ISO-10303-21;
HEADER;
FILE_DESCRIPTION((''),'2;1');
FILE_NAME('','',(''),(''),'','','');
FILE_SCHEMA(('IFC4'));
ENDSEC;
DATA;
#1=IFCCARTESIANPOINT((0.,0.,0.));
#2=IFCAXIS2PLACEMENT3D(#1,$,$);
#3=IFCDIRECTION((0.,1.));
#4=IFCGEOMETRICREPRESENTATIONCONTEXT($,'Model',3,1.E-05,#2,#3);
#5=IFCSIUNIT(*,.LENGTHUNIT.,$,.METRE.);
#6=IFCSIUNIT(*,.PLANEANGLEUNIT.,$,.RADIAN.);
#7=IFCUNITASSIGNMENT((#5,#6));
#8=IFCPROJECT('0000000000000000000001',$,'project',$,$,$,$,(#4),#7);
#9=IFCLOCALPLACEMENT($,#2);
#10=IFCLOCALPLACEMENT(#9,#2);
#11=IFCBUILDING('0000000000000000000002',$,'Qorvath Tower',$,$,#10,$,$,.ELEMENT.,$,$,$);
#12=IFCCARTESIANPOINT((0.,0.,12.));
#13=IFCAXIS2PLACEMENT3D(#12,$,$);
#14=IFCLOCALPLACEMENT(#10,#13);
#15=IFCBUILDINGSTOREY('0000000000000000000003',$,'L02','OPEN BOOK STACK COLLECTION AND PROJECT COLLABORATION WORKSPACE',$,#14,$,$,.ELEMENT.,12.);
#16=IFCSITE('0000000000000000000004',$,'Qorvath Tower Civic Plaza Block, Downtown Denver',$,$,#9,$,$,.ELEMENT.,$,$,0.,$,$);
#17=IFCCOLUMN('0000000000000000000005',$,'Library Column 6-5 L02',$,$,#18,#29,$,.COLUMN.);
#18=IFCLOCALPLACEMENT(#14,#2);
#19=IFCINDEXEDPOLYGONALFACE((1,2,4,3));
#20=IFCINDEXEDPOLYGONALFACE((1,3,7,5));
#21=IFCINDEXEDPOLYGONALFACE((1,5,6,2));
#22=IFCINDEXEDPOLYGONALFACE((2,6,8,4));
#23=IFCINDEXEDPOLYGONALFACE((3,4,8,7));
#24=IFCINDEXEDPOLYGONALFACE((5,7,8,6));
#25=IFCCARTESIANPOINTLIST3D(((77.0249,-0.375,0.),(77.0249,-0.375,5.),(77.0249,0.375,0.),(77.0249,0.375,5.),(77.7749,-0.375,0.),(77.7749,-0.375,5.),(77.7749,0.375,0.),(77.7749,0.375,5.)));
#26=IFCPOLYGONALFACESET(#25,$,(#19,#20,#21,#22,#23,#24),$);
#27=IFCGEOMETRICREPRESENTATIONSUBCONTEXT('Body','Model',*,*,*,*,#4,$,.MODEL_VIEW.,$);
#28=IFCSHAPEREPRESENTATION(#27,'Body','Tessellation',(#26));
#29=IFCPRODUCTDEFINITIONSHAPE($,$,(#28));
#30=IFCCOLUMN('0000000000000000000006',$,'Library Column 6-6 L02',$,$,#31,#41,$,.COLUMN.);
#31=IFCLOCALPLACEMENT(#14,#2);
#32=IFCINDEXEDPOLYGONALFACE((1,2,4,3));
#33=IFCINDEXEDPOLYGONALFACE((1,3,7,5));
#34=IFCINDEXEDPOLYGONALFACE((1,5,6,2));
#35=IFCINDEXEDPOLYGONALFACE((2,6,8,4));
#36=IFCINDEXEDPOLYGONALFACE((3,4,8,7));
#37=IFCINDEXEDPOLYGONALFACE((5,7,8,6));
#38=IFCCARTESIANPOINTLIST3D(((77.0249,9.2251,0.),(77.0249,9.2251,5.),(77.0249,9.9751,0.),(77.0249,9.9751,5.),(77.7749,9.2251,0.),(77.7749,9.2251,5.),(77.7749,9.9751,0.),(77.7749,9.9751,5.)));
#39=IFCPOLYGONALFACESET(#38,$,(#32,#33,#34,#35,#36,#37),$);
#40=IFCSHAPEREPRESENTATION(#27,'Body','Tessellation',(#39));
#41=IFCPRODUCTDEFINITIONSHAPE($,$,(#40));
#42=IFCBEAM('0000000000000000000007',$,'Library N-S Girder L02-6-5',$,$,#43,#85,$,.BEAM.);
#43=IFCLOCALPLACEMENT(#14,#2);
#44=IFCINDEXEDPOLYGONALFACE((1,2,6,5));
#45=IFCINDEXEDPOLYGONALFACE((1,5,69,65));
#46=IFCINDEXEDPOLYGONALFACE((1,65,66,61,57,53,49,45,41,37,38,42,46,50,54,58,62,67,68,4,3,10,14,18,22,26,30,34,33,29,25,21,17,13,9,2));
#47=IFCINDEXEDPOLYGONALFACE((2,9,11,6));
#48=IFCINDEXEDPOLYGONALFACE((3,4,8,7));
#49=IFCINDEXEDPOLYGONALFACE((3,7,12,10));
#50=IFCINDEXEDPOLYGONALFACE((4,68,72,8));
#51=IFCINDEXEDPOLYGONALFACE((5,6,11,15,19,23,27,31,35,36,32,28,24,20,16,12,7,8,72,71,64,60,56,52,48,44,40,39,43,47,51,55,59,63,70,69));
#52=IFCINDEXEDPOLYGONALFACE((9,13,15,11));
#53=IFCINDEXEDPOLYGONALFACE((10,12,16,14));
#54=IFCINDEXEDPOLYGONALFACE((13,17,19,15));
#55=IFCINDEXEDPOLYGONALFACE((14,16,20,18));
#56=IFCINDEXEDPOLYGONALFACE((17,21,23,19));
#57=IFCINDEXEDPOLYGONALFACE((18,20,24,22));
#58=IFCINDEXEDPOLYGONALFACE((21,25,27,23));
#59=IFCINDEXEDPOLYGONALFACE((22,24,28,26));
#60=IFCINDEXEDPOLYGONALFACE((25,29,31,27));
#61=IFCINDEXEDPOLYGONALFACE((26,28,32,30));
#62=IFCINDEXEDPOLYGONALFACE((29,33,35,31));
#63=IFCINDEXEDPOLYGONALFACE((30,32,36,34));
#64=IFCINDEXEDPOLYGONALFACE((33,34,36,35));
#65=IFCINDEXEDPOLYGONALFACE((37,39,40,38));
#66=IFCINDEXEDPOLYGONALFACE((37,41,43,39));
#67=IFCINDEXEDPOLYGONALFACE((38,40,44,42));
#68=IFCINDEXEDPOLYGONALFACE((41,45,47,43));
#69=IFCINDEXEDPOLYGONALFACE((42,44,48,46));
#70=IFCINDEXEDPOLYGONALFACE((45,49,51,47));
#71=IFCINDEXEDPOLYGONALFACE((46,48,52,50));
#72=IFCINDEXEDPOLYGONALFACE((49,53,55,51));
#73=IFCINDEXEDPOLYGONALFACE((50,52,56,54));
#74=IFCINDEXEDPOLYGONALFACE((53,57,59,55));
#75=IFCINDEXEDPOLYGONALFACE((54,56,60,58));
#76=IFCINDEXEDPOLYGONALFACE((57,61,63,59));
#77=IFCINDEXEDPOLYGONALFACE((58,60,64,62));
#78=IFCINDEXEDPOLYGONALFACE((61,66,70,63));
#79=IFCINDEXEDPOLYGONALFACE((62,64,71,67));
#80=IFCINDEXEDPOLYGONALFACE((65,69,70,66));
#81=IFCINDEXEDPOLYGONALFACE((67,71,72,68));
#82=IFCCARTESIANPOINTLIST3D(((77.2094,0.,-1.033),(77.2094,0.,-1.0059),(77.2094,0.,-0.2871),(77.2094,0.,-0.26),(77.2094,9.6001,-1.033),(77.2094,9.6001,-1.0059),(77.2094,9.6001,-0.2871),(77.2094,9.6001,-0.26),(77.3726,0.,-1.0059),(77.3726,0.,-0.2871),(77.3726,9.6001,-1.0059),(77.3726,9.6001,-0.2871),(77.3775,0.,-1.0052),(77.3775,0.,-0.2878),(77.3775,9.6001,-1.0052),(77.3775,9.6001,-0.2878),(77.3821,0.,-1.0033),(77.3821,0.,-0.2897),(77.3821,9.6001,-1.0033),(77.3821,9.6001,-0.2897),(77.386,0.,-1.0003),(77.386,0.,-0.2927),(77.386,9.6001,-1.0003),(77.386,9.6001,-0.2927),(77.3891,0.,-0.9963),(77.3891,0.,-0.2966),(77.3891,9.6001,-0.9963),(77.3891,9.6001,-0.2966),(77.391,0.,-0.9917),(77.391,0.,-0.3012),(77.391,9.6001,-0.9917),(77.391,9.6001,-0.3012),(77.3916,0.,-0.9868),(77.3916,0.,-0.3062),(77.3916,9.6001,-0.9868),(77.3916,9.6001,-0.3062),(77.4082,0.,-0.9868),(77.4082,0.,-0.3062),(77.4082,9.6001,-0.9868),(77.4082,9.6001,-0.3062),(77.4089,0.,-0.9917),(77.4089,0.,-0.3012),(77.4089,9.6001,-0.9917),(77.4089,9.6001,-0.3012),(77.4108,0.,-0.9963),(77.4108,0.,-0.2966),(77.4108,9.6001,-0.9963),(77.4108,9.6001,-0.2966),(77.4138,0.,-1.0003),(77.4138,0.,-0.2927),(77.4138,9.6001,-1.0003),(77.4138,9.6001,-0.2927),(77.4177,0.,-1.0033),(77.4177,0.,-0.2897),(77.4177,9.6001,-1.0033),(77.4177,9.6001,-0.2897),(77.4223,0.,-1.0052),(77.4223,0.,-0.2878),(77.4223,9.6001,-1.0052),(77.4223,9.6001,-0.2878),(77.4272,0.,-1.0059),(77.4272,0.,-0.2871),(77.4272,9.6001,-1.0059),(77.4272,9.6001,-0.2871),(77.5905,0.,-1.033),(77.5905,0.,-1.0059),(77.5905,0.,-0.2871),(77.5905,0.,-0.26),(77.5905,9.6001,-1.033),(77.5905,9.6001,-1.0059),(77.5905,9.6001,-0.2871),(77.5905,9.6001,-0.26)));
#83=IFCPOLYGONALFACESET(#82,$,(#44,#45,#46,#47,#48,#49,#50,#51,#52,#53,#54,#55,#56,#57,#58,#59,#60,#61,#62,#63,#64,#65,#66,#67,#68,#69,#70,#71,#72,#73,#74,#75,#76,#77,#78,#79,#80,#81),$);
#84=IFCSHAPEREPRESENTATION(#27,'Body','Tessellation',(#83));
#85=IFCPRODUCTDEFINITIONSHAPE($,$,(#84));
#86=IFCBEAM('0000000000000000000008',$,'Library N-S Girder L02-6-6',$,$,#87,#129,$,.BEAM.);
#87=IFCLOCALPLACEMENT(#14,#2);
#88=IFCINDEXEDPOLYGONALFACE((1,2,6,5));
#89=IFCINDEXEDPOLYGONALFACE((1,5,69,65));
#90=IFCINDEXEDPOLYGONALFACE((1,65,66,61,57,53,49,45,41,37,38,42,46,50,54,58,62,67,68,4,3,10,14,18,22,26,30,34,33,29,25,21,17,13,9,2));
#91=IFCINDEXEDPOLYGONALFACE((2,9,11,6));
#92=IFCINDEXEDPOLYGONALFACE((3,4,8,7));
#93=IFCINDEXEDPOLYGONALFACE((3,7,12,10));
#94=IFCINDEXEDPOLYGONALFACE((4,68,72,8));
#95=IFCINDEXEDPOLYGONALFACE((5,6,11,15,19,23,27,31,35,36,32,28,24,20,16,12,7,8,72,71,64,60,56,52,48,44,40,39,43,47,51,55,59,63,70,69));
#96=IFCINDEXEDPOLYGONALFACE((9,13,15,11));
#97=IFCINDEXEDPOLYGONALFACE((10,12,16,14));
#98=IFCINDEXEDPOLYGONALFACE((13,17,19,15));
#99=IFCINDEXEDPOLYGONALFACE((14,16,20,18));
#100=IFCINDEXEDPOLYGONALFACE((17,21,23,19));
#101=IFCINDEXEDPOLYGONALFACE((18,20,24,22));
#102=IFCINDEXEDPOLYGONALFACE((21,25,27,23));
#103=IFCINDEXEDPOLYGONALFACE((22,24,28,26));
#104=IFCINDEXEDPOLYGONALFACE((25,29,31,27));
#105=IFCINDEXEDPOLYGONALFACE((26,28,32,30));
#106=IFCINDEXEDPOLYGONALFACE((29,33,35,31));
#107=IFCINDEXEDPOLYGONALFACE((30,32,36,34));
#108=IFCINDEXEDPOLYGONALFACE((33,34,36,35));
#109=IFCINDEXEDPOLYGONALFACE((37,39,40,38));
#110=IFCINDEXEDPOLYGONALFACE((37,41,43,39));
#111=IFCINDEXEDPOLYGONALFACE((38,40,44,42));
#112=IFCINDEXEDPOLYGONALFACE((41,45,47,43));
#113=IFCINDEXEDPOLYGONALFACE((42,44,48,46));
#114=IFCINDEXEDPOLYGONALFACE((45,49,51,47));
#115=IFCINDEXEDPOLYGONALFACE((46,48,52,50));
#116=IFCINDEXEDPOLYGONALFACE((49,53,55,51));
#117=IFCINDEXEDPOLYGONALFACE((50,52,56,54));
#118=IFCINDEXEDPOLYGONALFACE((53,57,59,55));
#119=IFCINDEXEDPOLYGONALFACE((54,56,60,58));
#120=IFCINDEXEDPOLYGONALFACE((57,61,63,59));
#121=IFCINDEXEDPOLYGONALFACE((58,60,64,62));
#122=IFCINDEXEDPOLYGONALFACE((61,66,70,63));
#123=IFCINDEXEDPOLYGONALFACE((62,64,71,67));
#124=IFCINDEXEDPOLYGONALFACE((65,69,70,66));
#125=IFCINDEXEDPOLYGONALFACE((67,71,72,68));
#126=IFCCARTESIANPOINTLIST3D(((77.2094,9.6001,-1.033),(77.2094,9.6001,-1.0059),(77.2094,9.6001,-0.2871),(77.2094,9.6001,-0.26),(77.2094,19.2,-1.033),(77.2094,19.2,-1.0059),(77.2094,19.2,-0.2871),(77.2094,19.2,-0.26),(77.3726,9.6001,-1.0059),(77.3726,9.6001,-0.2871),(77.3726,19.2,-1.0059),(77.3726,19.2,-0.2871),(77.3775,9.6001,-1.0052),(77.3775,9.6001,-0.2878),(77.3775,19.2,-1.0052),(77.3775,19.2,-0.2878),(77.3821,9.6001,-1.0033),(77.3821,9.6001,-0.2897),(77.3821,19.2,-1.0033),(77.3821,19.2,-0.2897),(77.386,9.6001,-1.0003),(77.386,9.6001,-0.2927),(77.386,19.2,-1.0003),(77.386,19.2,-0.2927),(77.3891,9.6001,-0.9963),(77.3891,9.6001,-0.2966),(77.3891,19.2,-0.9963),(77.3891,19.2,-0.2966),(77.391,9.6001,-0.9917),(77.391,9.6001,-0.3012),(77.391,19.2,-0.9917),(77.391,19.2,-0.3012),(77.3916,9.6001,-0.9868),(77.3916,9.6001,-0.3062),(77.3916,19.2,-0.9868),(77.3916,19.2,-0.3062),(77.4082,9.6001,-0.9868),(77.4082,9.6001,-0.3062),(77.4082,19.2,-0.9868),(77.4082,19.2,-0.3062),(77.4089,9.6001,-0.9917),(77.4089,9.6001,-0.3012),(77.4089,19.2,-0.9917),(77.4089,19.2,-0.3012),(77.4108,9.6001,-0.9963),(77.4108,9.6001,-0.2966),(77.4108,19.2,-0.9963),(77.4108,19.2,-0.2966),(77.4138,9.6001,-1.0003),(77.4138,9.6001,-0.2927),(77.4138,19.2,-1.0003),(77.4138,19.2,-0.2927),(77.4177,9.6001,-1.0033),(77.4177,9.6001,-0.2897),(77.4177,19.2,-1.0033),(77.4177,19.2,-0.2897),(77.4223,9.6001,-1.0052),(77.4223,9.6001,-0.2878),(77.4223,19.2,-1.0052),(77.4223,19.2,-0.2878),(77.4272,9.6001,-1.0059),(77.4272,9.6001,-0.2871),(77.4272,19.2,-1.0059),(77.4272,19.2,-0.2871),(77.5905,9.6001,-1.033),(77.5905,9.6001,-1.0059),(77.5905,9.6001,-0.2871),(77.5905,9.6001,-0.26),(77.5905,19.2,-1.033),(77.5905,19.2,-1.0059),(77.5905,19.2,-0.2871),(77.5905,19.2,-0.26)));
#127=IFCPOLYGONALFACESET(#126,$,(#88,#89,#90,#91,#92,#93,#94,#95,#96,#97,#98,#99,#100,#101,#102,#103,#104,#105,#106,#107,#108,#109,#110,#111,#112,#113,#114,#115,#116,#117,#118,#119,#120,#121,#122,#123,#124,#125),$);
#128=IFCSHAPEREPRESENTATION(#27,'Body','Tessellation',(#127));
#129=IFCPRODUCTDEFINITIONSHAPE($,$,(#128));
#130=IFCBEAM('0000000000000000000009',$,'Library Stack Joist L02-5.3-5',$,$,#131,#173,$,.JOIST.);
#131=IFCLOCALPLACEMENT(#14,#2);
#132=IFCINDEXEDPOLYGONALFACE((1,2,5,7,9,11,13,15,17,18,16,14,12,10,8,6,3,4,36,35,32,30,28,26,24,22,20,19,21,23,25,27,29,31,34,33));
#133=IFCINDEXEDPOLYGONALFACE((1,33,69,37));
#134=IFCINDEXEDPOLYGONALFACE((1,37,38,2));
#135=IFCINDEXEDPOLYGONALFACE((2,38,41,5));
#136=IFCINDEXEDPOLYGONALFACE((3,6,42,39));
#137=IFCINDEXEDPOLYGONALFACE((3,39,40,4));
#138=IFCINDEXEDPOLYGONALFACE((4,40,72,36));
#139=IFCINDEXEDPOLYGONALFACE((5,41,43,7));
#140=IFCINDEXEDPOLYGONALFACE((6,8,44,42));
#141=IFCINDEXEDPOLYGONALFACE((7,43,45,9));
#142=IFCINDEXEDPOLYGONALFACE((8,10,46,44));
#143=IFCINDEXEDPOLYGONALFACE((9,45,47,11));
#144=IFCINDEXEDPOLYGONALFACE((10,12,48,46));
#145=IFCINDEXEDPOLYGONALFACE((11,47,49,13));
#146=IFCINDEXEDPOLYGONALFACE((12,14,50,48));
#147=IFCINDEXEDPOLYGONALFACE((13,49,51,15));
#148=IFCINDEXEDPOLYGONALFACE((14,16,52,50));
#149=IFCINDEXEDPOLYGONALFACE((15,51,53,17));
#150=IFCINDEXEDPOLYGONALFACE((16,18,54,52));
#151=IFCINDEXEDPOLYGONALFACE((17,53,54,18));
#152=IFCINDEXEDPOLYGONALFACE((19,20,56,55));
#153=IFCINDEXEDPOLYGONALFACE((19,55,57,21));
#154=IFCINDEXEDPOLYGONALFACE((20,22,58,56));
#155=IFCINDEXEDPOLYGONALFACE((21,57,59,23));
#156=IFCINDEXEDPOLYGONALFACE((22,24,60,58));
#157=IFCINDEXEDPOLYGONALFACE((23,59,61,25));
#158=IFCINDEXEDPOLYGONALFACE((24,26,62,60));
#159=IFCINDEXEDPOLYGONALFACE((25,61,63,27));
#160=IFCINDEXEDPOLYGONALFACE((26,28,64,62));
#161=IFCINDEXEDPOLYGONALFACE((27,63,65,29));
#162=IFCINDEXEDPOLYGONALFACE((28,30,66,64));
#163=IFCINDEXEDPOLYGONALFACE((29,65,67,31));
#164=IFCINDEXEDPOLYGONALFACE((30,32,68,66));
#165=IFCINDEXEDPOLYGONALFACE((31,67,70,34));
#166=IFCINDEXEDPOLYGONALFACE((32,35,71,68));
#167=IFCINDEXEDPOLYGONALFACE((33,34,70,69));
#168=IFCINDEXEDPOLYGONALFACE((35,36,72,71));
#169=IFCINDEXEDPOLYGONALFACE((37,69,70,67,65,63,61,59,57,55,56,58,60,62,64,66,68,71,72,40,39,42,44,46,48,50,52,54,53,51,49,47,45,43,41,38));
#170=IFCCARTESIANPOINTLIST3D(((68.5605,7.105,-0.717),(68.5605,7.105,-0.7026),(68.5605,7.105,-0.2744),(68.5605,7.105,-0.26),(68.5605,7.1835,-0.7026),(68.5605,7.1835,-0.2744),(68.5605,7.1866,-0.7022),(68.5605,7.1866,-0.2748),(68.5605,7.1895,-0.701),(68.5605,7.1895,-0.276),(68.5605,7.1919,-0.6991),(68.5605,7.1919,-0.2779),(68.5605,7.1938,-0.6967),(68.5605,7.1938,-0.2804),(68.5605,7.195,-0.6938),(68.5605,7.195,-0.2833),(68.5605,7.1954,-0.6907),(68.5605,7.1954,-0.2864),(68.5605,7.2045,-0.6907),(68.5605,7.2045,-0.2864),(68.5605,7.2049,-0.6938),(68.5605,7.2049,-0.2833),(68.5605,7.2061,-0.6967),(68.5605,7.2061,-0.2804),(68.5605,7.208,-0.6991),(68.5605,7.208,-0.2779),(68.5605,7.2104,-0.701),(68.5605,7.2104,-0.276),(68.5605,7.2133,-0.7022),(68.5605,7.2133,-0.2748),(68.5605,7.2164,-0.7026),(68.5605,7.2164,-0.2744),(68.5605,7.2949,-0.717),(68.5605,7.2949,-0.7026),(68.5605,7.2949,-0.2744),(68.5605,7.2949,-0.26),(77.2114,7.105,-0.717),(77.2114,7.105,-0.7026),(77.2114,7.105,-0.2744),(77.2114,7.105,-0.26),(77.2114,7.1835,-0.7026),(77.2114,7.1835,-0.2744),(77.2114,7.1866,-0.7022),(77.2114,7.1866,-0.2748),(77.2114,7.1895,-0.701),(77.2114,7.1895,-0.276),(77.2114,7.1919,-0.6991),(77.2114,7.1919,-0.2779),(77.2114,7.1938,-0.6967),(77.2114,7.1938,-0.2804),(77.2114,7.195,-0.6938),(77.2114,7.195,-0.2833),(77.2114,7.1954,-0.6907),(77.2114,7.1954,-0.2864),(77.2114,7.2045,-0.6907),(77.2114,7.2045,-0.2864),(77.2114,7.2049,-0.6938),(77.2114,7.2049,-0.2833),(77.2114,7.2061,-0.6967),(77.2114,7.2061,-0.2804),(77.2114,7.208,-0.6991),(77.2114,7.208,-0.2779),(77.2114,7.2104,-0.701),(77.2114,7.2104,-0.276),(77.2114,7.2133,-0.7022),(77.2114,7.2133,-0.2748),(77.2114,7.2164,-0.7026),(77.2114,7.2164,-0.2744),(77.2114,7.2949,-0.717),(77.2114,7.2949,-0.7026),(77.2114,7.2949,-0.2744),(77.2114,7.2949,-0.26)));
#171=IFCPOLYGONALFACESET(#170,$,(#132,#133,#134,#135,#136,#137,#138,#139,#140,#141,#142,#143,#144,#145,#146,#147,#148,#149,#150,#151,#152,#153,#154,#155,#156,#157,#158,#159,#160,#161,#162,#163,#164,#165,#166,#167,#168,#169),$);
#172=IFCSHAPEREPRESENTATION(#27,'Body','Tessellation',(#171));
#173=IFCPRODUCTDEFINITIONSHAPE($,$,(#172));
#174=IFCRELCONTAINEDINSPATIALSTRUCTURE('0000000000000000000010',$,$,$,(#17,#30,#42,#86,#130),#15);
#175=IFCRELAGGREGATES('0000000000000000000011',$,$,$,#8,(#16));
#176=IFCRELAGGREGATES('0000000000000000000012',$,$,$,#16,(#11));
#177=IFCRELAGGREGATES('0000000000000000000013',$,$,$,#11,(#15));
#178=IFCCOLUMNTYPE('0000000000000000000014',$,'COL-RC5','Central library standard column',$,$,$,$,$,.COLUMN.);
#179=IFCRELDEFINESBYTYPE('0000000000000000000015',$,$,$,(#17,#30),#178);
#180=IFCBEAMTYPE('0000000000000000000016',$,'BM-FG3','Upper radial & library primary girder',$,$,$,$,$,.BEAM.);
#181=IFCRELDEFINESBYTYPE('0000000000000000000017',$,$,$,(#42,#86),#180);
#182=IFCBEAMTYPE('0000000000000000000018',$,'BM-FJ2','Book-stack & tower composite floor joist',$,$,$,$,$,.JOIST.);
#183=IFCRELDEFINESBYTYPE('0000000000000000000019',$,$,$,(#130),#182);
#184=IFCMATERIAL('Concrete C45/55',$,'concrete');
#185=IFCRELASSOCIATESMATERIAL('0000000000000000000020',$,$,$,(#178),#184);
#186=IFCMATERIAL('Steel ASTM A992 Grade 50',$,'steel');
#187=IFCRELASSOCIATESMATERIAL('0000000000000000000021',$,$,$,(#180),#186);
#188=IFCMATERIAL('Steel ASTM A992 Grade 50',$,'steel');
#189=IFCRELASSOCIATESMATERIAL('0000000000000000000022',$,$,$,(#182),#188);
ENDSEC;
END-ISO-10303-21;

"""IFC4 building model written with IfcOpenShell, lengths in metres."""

from ifc_helpers import new_model, si_unit, direction, frame, origin, origin_2d, place, context, subcontext, project, spatial, rectangle, i_section, extrude, material, material_profile, profile_set, type_object, element, save


model = new_model("IFC4")

# Units and contexts
model_context = context("Model", 3, precision=1e-05, world=origin(), true_north=direction((0.0, 1.0)))
body_context = subcontext(model_context, "Body", "Model", "MODEL_VIEW")
ifc_project = project(units=[si_unit("LENGTHUNIT", "METRE"), si_unit("PLANEANGLEUNIT", "RADIAN")], contexts=[model_context])

# Site, building, storey
site_placement = place(None, origin())
site = spatial("IfcSite", under=ifc_project, at=site_placement, Name="Qorvath Tower Civic Plaza Block, Downtown Denver", CompositionType="ELEMENT", RefElevation=0.0)
building_placement = place(site_placement, origin())
building = spatial("IfcBuilding", under=site, at=building_placement, Name="Qorvath Tower", CompositionType="ELEMENT")
storey_placement = place(building_placement, frame((0.0, 0.0, 12.0)))
storey = spatial("IfcBuildingStorey", under=building, at=storey_placement, Name="L02", Description="OPEN BOOK STACK COLLECTION AND PROJECT COLLABORATION WORKSPACE", CompositionType="ELEMENT", Elevation=12.0)

# Columns
ifc_material_1 = material(Name="Concrete C45/55", Category="concrete")
ifc_material_profile_1 = material_profile(ifc_material_1, rectangle(XDim=0.75, YDim=0.75, at=origin_2d()), Name="RC 750x750")
ifc_profile_set_1 = profile_set([ifc_material_profile_1], Name="Concrete C45/55")
column_type = type_object("IfcColumnType", Name="COL-RC5", Description="Central library standard column", PredefinedType="COLUMN", material=ifc_profile_set_1)
for number, where, z_axis, x_axis, name in (
    (1, (77.3999, 0.0, 0.0), (0.0, 0.0, 1.0), (1.0, 0.0, 0.0), "Library Column 6-5 L02"),
    (2, (77.3999, 9.6001, 0.0), (0.0, 0.0, 1.0), (1.0, 0.0, 0.0), "Library Column 6-6 L02"),
):
    element("IfcColumn", number, at=place(storey_placement, frame(where, z_axis=z_axis, x_axis=x_axis)), inside=storey, type_object=column_type, Name=name, PredefinedType="COLUMN", context=body_context, shape_type="SweptSolid", body=[
        extrude(rectangle(XDim=0.75, YDim=0.75, at=origin_2d()), origin(), (0.0, 0.0, 1.0), 5.0),
    ])

# Beams
ifc_material_2 = material(Name="Steel ASTM A992 Grade 50", Category="steel")
ifc_material_profile_2 = material_profile(ifc_material_2, i_section(OverallWidth=0.3811, OverallDepth=0.7729, WebThickness=0.0166, FlangeThickness=0.0271, FilletRadius=0.019, at=origin_2d()), Name="W30x173")
ifc_profile_set_2 = profile_set([ifc_material_profile_2], Name="Steel ASTM A992 Grade 50")
beam_type_1 = type_object("IfcBeamType", Name="BM-FG3", Description="Upper radial & library primary girder", PredefinedType="BEAM", material=ifc_profile_set_2)
beam_1_placement = place(storey_placement, frame((77.3999, 0.0, -0.6465), z_axis=(0.0, 1.0, 0.0), x_axis=(-1.0, 0.0, 0.0)))
element("IfcBeam", 3, at=beam_1_placement, inside=storey, type_object=beam_type_1, Name="Library N-S Girder L02-6-5", PredefinedType="BEAM", context=body_context, shape_type="SweptSolid", body=[
    extrude(i_section(OverallWidth=0.3811, OverallDepth=0.7729, WebThickness=0.0166, FlangeThickness=0.0271, FilletRadius=0.019, at=origin_2d()), origin(), (0.0, 0.0, 1.0), 9.6001),
])
beam_2_placement = place(storey_placement, frame((77.3999, 9.6001, -0.6465), z_axis=(0.0, 1.0, 0.0), x_axis=(-1.0, 0.0, 0.0)))
element("IfcBeam", 4, at=beam_2_placement, inside=storey, type_object=beam_type_1, Name="Library N-S Girder L02-6-6", PredefinedType="BEAM", context=body_context, shape_type="SweptSolid", body=[
    extrude(i_section(OverallWidth=0.3811, OverallDepth=0.7729, WebThickness=0.0166, FlangeThickness=0.0271, FilletRadius=0.019, at=origin_2d()), origin(), (0.0, 0.0, 1.0), 9.5999),
])
ifc_material_3 = material(Name="Steel ASTM A992 Grade 50", Category="steel")
ifc_material_profile_3 = material_profile(ifc_material_3, i_section(OverallWidth=0.1899, OverallDepth=0.457, WebThickness=0.009, FlangeThickness=0.0144, FilletRadius=0.012, at=origin_2d()), Name="W18x50")
ifc_profile_set_3 = profile_set([ifc_material_profile_3], Name="Steel ASTM A992 Grade 50")
beam_type_2 = type_object("IfcBeamType", Name="BM-FJ2", Description="Book-stack & tower composite floor joist", PredefinedType="JOIST", material=ifc_profile_set_3)
for number, where, z_axis, x_axis, name in (
    (5, (68.5605, 7.2, -0.4885), (1.0, 0.0, 0.0), (0.0, 1.0, 0.0), "Library Stack Joist L02-5.3-5"),
):
    element("IfcBeam", number, at=place(storey_placement, frame(where, z_axis=z_axis, x_axis=x_axis)), inside=storey, type_object=beam_type_2, Name=name, PredefinedType="JOIST", context=body_context, shape_type="SweptSolid", body=[
        extrude(i_section(OverallWidth=0.1899, OverallDepth=0.457, WebThickness=0.009, FlangeThickness=0.0144, FilletRadius=0.012, at=origin_2d()), origin(), (0.0, 0.0, 1.0), 8.6509),
    ])

save(model, "model.ifc")
